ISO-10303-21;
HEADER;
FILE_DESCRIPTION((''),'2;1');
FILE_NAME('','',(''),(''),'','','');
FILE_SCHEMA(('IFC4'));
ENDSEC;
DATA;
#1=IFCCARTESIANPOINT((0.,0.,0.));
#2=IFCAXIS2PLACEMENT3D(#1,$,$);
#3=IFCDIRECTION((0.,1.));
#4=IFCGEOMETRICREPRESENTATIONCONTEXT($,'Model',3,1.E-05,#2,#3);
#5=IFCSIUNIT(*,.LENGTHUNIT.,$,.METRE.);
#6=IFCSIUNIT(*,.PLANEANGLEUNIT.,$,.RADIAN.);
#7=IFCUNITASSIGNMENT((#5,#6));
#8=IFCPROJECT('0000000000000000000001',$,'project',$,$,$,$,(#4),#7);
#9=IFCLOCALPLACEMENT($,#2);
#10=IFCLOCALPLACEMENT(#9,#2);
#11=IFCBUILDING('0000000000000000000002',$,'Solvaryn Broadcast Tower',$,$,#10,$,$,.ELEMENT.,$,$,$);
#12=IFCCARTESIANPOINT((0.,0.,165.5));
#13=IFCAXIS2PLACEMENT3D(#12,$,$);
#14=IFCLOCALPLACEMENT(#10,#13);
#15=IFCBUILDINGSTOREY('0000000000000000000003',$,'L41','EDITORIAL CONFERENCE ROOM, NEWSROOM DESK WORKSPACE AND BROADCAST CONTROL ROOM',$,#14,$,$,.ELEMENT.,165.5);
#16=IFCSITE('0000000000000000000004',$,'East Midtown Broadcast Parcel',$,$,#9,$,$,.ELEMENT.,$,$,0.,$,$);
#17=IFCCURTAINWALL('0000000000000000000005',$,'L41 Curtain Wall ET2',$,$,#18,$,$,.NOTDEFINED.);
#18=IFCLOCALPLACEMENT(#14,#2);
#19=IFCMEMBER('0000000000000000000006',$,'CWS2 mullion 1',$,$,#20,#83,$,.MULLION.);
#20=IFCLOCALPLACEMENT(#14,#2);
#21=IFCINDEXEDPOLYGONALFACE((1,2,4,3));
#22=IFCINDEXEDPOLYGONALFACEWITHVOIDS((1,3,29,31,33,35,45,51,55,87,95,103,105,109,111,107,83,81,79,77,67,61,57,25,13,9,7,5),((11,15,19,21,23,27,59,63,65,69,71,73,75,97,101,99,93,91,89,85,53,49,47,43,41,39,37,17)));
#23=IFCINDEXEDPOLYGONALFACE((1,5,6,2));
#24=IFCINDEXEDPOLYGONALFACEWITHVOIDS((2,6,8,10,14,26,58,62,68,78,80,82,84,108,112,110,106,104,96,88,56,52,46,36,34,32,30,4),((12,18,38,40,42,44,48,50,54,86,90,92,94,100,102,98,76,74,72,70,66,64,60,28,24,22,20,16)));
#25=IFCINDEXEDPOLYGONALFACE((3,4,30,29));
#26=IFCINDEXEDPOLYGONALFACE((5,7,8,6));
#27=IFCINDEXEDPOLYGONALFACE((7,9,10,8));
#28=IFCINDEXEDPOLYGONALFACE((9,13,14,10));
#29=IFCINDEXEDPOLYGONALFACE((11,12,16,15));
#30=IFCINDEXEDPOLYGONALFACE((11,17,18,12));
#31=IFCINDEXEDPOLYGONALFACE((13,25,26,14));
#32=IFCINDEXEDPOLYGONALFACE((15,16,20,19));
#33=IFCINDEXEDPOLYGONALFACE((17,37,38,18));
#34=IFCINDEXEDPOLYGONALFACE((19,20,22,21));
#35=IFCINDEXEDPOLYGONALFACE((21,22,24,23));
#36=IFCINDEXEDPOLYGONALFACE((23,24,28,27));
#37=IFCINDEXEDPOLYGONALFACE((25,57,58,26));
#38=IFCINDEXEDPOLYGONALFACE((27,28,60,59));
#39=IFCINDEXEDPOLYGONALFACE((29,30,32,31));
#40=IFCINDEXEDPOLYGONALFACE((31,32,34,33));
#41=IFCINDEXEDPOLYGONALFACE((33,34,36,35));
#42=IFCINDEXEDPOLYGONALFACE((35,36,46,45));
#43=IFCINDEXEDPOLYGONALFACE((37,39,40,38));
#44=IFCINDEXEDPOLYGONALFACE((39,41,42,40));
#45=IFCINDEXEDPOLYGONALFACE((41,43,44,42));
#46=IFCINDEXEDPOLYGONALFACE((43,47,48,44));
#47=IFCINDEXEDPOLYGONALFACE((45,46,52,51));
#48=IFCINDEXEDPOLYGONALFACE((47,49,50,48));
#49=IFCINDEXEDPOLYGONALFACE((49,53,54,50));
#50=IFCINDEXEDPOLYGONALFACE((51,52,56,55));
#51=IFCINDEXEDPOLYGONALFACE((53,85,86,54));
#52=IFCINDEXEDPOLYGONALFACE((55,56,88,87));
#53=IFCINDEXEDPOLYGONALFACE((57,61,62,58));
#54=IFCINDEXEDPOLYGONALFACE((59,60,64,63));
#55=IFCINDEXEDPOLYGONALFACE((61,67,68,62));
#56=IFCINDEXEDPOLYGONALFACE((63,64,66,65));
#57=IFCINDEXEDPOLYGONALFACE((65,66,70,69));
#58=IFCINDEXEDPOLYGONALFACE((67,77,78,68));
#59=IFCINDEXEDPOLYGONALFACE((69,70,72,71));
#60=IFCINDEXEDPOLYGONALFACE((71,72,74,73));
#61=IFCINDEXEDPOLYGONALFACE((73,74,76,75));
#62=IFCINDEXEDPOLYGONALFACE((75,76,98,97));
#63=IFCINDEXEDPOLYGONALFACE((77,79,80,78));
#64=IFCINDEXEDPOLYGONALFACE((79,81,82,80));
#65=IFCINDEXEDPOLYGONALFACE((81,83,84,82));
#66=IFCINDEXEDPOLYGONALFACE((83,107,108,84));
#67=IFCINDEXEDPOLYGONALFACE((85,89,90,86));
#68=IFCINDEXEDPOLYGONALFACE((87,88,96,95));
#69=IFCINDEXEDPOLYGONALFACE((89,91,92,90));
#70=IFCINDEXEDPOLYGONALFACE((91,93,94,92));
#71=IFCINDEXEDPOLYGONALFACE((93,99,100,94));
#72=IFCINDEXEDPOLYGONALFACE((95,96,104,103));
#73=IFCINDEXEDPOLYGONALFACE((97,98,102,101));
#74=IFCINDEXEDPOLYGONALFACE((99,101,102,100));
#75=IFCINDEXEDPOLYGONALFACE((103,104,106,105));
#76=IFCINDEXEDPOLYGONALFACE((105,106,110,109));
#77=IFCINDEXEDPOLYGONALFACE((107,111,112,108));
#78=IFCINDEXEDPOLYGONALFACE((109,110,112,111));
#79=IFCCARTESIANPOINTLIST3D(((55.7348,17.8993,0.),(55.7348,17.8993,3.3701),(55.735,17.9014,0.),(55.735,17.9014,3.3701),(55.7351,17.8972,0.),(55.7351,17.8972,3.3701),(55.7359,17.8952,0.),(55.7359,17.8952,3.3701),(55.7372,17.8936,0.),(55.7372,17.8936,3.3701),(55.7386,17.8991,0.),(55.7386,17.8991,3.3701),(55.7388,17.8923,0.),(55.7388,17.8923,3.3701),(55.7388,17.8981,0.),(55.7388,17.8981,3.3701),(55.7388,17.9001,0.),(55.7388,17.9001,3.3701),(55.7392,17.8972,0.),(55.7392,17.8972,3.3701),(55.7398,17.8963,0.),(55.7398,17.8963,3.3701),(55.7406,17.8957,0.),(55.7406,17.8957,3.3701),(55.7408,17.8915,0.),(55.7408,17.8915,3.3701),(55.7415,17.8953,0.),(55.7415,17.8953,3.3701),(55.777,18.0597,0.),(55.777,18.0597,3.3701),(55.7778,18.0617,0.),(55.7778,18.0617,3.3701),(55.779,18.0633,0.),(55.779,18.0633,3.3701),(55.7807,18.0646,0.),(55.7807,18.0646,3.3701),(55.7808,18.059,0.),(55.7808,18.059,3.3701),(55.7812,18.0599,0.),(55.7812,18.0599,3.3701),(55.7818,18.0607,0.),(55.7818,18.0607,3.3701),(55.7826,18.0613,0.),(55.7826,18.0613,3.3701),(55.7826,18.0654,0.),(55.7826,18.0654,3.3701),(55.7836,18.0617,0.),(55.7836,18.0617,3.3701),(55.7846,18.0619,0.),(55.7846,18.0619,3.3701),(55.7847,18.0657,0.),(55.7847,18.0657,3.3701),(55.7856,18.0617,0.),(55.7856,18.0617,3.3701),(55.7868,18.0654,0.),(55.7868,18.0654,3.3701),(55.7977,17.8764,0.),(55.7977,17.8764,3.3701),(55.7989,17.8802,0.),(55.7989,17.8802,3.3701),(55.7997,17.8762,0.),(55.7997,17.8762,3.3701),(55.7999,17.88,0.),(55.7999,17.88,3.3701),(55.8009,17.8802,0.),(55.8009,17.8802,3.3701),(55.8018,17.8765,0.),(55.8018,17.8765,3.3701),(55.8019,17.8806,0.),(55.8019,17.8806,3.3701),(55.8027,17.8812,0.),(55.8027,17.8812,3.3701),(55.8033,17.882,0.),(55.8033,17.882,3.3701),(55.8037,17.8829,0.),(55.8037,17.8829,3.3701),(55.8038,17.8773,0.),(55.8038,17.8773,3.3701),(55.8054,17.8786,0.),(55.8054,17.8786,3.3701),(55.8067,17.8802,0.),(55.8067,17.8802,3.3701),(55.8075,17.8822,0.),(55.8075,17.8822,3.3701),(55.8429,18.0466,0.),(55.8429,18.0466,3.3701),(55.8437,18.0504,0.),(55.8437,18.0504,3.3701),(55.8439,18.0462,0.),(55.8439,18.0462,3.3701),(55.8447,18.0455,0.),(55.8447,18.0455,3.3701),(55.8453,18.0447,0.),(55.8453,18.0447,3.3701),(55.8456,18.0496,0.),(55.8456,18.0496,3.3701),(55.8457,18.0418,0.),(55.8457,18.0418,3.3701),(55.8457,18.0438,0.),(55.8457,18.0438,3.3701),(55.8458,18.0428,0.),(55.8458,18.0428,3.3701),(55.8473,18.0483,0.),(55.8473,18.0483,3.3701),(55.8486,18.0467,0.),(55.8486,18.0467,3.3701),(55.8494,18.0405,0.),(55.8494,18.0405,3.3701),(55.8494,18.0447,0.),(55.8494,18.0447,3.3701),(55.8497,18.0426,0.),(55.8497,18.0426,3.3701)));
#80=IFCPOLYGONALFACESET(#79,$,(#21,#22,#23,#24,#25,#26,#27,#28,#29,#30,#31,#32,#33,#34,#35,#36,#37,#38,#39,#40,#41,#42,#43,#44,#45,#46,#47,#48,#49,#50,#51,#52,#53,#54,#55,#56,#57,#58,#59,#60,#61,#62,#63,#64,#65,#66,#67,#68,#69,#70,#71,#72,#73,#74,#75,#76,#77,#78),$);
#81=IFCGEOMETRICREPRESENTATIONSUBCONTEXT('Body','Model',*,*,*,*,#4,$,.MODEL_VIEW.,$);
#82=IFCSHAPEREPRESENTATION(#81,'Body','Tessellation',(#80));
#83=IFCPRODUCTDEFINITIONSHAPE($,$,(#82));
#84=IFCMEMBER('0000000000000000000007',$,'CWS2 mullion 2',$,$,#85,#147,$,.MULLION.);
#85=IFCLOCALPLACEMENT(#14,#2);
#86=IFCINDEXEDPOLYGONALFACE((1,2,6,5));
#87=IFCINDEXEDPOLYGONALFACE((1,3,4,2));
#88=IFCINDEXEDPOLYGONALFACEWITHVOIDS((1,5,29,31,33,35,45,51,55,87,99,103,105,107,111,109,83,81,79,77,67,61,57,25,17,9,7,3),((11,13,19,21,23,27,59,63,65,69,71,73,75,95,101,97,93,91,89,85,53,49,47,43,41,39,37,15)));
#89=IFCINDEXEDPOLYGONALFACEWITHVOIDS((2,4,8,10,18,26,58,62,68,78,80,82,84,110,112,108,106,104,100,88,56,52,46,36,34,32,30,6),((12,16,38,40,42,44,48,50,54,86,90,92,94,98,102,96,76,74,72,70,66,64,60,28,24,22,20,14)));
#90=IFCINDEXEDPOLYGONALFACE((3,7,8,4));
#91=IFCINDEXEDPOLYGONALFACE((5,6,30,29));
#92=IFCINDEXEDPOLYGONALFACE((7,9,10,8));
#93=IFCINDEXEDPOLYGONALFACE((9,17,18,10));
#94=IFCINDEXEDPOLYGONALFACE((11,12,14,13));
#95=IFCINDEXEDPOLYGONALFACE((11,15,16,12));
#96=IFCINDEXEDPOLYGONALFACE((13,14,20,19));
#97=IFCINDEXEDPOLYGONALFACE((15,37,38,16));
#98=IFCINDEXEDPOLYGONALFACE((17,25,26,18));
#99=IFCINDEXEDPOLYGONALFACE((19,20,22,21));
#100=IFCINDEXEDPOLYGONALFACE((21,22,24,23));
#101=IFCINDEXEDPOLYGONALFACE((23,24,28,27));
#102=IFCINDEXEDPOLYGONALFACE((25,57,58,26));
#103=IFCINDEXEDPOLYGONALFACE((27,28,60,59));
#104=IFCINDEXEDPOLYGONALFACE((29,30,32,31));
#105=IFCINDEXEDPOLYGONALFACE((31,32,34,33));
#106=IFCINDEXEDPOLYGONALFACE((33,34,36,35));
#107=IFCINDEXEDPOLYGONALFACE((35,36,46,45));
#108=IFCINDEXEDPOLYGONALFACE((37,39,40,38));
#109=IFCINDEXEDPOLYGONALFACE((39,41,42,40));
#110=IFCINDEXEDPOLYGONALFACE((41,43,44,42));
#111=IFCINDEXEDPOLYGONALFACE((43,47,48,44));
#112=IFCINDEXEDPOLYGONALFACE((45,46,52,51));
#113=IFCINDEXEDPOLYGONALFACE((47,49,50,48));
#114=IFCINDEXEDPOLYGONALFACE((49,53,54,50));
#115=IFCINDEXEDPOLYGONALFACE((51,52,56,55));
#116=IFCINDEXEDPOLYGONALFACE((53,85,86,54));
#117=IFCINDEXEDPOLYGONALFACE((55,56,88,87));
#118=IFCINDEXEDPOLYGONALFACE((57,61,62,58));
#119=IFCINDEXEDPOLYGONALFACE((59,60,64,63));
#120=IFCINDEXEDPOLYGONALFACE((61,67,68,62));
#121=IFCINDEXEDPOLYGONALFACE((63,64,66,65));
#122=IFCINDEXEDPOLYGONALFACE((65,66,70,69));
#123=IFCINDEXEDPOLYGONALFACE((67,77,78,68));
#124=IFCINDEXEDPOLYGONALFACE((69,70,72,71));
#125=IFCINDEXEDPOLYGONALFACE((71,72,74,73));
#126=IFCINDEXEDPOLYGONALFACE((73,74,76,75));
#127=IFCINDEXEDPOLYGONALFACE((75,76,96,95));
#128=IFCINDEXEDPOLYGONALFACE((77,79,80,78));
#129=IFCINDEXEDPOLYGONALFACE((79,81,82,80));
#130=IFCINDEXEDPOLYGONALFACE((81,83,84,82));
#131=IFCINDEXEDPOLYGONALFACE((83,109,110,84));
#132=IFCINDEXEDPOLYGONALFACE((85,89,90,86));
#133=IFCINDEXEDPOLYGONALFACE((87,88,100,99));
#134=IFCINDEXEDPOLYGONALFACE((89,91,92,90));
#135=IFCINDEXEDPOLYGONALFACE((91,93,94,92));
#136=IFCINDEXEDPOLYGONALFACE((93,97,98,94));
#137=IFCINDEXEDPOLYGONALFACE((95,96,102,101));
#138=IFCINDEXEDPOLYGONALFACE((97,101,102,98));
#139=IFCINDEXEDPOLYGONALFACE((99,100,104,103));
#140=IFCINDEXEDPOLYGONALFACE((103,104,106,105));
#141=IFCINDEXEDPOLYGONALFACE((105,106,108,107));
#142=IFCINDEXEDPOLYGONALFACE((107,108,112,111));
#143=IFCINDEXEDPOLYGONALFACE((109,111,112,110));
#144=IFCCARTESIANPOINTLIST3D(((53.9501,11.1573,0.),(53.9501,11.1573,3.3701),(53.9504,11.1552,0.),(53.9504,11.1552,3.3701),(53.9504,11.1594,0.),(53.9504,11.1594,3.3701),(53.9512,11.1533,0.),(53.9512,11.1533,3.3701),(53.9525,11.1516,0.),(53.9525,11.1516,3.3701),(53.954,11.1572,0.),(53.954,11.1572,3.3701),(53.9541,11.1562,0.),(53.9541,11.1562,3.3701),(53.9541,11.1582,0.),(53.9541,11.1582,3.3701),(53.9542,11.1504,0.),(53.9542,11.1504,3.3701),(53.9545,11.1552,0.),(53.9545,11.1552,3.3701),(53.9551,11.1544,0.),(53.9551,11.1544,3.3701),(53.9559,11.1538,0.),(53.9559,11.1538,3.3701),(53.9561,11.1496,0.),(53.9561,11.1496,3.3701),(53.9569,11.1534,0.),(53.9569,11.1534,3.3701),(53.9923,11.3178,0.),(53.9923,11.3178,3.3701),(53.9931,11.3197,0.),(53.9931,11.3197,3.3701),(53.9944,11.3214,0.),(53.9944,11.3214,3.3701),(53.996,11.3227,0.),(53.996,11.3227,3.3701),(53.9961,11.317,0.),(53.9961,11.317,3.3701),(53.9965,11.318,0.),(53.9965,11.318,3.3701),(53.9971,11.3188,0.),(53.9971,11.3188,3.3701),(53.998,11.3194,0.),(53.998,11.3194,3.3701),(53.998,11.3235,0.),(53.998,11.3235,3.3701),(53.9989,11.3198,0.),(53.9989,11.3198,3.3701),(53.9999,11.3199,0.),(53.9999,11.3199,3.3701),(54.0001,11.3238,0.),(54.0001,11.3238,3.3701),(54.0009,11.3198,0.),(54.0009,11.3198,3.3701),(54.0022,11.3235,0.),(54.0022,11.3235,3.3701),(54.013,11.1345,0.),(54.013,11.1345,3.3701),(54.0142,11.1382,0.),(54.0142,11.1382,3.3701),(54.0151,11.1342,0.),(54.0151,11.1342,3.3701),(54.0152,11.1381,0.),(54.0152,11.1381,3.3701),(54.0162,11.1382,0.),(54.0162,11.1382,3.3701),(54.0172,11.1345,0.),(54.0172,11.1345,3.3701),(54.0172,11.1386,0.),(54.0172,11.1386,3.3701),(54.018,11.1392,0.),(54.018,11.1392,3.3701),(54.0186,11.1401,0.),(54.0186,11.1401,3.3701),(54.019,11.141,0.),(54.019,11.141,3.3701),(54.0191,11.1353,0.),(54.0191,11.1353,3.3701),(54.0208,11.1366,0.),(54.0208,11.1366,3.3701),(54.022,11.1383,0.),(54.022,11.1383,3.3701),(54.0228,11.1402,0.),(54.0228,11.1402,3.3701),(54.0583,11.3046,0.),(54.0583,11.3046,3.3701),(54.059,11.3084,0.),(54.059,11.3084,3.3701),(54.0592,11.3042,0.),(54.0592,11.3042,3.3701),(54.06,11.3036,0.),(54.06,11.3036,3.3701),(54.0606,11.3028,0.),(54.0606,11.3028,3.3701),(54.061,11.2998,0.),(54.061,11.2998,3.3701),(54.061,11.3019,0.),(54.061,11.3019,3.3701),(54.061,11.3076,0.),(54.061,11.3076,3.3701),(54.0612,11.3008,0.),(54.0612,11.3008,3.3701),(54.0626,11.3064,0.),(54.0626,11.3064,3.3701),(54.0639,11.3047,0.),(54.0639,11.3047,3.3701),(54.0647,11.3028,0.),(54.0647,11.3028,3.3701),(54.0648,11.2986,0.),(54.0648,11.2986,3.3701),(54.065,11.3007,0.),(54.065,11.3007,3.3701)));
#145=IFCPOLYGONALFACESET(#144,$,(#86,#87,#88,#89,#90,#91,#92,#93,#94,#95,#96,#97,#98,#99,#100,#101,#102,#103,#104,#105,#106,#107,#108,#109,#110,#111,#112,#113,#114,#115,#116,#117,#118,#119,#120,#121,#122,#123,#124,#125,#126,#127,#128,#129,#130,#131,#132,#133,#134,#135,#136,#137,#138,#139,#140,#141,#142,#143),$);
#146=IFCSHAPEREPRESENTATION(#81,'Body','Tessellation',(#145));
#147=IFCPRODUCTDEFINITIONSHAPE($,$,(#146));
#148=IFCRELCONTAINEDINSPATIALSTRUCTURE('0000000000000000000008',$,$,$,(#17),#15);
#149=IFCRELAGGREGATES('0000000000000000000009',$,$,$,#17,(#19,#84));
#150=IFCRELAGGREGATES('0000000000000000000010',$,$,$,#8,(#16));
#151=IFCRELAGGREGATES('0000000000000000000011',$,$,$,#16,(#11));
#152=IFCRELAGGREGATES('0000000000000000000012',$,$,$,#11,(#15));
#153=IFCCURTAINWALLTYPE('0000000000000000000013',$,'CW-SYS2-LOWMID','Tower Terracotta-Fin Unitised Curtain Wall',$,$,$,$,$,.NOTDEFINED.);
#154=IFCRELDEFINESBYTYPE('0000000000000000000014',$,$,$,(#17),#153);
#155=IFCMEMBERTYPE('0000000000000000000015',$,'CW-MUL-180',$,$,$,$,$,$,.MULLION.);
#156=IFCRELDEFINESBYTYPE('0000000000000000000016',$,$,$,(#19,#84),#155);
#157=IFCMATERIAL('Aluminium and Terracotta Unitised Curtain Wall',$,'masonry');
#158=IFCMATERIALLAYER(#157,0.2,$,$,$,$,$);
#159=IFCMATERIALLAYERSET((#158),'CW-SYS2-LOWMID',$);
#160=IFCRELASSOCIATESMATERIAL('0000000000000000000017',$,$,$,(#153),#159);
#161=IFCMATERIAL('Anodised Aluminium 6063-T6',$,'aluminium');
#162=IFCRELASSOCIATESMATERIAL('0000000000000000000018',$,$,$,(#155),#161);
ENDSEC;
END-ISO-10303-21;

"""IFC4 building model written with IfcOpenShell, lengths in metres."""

from ifc_helpers import new_model, si_unit, direction, frame, origin, origin_2d, place, context, subcontext, project, spatial, hollow_rectangle, extrude, material, layer, layer_set, material_profile, profile_set, type_object, element, aggregate, save


model = new_model("IFC4")

# Units and contexts
model_context = context("Model", 3, precision=1e-05, world=origin(), true_north=direction((0.0, 1.0)))
body_context = subcontext(model_context, "Body", "Model", "MODEL_VIEW")
ifc_project = project(units=[si_unit("LENGTHUNIT", "METRE"), si_unit("PLANEANGLEUNIT", "RADIAN")], contexts=[model_context])

# Site, building, storey
site_placement = place(None, origin())
site = spatial("IfcSite", under=ifc_project, at=site_placement, Name="East Midtown Broadcast Parcel", CompositionType="ELEMENT", RefElevation=0.0)
building_placement = place(site_placement, origin())
building = spatial("IfcBuilding", under=site, at=building_placement, Name="Solvaryn Broadcast Tower", CompositionType="ELEMENT")
storey_placement = place(building_placement, frame((0.0, 0.0, 165.5)))
storey = spatial("IfcBuildingStorey", under=building, at=storey_placement, Name="L41", Description="EDITORIAL CONFERENCE ROOM, NEWSROOM DESK WORKSPACE AND BROADCAST CONTROL ROOM", CompositionType="ELEMENT", Elevation=165.5)

# Shared definitions
ifc_material_1 = material(Name="Aluminium and Terracotta Unitised Curtain Wall", Category="masonry")
ifc_layer_1 = layer(ifc_material_1, 0.2)
ifc_layer_set_1 = layer_set([ifc_layer_1], Name="CW-SYS2-LOWMID")
curtain_wall_type = type_object("IfcCurtainWallType", Name="CW-SYS2-LOWMID", Description="Tower Terracotta-Fin Unitised Curtain Wall", PredefinedType="NOTDEFINED", material=ifc_layer_set_1)
ifc_material_2 = material(Name="Anodised Aluminium 6063-T6", Category="aluminium")
ifc_material_profile_1 = material_profile(ifc_material_2, hollow_rectangle(XDim=0.075, YDim=0.1799, WallThickness=0.0039, InnerFilletRadius=0.0039, OuterFilletRadius=0.0081, at=origin_2d()))
ifc_profile_set_1 = profile_set([ifc_material_profile_1], Name="Anodised Aluminium 6063-T6")
member_type_1 = type_object("IfcMemberType", Name="CW-MUL-180", PredefinedType="MULLION", material=ifc_profile_set_1)

# Curtain wall, members
curtain_wall_1_placement = place(storey_placement, origin())
curtain_wall_1 = element("IfcCurtainWall", 1, at=curtain_wall_1_placement, inside=storey, type_object=curtain_wall_type, Name="L41 Curtain Wall ET2", PredefinedType="NOTDEFINED")
member_1_placement = place(storey_placement, frame((55.7922, 17.9709, 0.0), z_axis=(0.0, 0.0, 1.0), x_axis=(0.966705, -0.255893, 0.0)))
member_1 = element("IfcMember", 2, at=member_1_placement, type_object=member_type_1, Name="CWS2 mullion 1", PredefinedType="MULLION", context=body_context, shape_type="SweptSolid", body=[
    extrude(hollow_rectangle(XDim=0.075, YDim=0.1799, WallThickness=0.0039, InnerFilletRadius=0.0039, OuterFilletRadius=0.0081, at=origin_2d()), origin(), (0.0, 0.0, 1.0), 3.3701),
])
member_2_placement = place(storey_placement, frame((54.0076, 11.229, 0.0), z_axis=(0.0, 0.0, 1.0), x_axis=(0.966705, -0.255893, 0.0)))
member_2 = element("IfcMember", 3, at=member_2_placement, type_object=member_type_1, Name="CWS2 mullion 2", PredefinedType="MULLION", context=body_context, shape_type="SweptSolid", body=[
    extrude(hollow_rectangle(XDim=0.075, YDim=0.1799, WallThickness=0.0039, InnerFilletRadius=0.0039, OuterFilletRadius=0.0081, at=origin_2d()), origin(), (0.0, 0.0, 1.0), 3.3701),
])

aggregate(curtain_wall_1, [member_1, member_2])

save(model, "model.ifc")
